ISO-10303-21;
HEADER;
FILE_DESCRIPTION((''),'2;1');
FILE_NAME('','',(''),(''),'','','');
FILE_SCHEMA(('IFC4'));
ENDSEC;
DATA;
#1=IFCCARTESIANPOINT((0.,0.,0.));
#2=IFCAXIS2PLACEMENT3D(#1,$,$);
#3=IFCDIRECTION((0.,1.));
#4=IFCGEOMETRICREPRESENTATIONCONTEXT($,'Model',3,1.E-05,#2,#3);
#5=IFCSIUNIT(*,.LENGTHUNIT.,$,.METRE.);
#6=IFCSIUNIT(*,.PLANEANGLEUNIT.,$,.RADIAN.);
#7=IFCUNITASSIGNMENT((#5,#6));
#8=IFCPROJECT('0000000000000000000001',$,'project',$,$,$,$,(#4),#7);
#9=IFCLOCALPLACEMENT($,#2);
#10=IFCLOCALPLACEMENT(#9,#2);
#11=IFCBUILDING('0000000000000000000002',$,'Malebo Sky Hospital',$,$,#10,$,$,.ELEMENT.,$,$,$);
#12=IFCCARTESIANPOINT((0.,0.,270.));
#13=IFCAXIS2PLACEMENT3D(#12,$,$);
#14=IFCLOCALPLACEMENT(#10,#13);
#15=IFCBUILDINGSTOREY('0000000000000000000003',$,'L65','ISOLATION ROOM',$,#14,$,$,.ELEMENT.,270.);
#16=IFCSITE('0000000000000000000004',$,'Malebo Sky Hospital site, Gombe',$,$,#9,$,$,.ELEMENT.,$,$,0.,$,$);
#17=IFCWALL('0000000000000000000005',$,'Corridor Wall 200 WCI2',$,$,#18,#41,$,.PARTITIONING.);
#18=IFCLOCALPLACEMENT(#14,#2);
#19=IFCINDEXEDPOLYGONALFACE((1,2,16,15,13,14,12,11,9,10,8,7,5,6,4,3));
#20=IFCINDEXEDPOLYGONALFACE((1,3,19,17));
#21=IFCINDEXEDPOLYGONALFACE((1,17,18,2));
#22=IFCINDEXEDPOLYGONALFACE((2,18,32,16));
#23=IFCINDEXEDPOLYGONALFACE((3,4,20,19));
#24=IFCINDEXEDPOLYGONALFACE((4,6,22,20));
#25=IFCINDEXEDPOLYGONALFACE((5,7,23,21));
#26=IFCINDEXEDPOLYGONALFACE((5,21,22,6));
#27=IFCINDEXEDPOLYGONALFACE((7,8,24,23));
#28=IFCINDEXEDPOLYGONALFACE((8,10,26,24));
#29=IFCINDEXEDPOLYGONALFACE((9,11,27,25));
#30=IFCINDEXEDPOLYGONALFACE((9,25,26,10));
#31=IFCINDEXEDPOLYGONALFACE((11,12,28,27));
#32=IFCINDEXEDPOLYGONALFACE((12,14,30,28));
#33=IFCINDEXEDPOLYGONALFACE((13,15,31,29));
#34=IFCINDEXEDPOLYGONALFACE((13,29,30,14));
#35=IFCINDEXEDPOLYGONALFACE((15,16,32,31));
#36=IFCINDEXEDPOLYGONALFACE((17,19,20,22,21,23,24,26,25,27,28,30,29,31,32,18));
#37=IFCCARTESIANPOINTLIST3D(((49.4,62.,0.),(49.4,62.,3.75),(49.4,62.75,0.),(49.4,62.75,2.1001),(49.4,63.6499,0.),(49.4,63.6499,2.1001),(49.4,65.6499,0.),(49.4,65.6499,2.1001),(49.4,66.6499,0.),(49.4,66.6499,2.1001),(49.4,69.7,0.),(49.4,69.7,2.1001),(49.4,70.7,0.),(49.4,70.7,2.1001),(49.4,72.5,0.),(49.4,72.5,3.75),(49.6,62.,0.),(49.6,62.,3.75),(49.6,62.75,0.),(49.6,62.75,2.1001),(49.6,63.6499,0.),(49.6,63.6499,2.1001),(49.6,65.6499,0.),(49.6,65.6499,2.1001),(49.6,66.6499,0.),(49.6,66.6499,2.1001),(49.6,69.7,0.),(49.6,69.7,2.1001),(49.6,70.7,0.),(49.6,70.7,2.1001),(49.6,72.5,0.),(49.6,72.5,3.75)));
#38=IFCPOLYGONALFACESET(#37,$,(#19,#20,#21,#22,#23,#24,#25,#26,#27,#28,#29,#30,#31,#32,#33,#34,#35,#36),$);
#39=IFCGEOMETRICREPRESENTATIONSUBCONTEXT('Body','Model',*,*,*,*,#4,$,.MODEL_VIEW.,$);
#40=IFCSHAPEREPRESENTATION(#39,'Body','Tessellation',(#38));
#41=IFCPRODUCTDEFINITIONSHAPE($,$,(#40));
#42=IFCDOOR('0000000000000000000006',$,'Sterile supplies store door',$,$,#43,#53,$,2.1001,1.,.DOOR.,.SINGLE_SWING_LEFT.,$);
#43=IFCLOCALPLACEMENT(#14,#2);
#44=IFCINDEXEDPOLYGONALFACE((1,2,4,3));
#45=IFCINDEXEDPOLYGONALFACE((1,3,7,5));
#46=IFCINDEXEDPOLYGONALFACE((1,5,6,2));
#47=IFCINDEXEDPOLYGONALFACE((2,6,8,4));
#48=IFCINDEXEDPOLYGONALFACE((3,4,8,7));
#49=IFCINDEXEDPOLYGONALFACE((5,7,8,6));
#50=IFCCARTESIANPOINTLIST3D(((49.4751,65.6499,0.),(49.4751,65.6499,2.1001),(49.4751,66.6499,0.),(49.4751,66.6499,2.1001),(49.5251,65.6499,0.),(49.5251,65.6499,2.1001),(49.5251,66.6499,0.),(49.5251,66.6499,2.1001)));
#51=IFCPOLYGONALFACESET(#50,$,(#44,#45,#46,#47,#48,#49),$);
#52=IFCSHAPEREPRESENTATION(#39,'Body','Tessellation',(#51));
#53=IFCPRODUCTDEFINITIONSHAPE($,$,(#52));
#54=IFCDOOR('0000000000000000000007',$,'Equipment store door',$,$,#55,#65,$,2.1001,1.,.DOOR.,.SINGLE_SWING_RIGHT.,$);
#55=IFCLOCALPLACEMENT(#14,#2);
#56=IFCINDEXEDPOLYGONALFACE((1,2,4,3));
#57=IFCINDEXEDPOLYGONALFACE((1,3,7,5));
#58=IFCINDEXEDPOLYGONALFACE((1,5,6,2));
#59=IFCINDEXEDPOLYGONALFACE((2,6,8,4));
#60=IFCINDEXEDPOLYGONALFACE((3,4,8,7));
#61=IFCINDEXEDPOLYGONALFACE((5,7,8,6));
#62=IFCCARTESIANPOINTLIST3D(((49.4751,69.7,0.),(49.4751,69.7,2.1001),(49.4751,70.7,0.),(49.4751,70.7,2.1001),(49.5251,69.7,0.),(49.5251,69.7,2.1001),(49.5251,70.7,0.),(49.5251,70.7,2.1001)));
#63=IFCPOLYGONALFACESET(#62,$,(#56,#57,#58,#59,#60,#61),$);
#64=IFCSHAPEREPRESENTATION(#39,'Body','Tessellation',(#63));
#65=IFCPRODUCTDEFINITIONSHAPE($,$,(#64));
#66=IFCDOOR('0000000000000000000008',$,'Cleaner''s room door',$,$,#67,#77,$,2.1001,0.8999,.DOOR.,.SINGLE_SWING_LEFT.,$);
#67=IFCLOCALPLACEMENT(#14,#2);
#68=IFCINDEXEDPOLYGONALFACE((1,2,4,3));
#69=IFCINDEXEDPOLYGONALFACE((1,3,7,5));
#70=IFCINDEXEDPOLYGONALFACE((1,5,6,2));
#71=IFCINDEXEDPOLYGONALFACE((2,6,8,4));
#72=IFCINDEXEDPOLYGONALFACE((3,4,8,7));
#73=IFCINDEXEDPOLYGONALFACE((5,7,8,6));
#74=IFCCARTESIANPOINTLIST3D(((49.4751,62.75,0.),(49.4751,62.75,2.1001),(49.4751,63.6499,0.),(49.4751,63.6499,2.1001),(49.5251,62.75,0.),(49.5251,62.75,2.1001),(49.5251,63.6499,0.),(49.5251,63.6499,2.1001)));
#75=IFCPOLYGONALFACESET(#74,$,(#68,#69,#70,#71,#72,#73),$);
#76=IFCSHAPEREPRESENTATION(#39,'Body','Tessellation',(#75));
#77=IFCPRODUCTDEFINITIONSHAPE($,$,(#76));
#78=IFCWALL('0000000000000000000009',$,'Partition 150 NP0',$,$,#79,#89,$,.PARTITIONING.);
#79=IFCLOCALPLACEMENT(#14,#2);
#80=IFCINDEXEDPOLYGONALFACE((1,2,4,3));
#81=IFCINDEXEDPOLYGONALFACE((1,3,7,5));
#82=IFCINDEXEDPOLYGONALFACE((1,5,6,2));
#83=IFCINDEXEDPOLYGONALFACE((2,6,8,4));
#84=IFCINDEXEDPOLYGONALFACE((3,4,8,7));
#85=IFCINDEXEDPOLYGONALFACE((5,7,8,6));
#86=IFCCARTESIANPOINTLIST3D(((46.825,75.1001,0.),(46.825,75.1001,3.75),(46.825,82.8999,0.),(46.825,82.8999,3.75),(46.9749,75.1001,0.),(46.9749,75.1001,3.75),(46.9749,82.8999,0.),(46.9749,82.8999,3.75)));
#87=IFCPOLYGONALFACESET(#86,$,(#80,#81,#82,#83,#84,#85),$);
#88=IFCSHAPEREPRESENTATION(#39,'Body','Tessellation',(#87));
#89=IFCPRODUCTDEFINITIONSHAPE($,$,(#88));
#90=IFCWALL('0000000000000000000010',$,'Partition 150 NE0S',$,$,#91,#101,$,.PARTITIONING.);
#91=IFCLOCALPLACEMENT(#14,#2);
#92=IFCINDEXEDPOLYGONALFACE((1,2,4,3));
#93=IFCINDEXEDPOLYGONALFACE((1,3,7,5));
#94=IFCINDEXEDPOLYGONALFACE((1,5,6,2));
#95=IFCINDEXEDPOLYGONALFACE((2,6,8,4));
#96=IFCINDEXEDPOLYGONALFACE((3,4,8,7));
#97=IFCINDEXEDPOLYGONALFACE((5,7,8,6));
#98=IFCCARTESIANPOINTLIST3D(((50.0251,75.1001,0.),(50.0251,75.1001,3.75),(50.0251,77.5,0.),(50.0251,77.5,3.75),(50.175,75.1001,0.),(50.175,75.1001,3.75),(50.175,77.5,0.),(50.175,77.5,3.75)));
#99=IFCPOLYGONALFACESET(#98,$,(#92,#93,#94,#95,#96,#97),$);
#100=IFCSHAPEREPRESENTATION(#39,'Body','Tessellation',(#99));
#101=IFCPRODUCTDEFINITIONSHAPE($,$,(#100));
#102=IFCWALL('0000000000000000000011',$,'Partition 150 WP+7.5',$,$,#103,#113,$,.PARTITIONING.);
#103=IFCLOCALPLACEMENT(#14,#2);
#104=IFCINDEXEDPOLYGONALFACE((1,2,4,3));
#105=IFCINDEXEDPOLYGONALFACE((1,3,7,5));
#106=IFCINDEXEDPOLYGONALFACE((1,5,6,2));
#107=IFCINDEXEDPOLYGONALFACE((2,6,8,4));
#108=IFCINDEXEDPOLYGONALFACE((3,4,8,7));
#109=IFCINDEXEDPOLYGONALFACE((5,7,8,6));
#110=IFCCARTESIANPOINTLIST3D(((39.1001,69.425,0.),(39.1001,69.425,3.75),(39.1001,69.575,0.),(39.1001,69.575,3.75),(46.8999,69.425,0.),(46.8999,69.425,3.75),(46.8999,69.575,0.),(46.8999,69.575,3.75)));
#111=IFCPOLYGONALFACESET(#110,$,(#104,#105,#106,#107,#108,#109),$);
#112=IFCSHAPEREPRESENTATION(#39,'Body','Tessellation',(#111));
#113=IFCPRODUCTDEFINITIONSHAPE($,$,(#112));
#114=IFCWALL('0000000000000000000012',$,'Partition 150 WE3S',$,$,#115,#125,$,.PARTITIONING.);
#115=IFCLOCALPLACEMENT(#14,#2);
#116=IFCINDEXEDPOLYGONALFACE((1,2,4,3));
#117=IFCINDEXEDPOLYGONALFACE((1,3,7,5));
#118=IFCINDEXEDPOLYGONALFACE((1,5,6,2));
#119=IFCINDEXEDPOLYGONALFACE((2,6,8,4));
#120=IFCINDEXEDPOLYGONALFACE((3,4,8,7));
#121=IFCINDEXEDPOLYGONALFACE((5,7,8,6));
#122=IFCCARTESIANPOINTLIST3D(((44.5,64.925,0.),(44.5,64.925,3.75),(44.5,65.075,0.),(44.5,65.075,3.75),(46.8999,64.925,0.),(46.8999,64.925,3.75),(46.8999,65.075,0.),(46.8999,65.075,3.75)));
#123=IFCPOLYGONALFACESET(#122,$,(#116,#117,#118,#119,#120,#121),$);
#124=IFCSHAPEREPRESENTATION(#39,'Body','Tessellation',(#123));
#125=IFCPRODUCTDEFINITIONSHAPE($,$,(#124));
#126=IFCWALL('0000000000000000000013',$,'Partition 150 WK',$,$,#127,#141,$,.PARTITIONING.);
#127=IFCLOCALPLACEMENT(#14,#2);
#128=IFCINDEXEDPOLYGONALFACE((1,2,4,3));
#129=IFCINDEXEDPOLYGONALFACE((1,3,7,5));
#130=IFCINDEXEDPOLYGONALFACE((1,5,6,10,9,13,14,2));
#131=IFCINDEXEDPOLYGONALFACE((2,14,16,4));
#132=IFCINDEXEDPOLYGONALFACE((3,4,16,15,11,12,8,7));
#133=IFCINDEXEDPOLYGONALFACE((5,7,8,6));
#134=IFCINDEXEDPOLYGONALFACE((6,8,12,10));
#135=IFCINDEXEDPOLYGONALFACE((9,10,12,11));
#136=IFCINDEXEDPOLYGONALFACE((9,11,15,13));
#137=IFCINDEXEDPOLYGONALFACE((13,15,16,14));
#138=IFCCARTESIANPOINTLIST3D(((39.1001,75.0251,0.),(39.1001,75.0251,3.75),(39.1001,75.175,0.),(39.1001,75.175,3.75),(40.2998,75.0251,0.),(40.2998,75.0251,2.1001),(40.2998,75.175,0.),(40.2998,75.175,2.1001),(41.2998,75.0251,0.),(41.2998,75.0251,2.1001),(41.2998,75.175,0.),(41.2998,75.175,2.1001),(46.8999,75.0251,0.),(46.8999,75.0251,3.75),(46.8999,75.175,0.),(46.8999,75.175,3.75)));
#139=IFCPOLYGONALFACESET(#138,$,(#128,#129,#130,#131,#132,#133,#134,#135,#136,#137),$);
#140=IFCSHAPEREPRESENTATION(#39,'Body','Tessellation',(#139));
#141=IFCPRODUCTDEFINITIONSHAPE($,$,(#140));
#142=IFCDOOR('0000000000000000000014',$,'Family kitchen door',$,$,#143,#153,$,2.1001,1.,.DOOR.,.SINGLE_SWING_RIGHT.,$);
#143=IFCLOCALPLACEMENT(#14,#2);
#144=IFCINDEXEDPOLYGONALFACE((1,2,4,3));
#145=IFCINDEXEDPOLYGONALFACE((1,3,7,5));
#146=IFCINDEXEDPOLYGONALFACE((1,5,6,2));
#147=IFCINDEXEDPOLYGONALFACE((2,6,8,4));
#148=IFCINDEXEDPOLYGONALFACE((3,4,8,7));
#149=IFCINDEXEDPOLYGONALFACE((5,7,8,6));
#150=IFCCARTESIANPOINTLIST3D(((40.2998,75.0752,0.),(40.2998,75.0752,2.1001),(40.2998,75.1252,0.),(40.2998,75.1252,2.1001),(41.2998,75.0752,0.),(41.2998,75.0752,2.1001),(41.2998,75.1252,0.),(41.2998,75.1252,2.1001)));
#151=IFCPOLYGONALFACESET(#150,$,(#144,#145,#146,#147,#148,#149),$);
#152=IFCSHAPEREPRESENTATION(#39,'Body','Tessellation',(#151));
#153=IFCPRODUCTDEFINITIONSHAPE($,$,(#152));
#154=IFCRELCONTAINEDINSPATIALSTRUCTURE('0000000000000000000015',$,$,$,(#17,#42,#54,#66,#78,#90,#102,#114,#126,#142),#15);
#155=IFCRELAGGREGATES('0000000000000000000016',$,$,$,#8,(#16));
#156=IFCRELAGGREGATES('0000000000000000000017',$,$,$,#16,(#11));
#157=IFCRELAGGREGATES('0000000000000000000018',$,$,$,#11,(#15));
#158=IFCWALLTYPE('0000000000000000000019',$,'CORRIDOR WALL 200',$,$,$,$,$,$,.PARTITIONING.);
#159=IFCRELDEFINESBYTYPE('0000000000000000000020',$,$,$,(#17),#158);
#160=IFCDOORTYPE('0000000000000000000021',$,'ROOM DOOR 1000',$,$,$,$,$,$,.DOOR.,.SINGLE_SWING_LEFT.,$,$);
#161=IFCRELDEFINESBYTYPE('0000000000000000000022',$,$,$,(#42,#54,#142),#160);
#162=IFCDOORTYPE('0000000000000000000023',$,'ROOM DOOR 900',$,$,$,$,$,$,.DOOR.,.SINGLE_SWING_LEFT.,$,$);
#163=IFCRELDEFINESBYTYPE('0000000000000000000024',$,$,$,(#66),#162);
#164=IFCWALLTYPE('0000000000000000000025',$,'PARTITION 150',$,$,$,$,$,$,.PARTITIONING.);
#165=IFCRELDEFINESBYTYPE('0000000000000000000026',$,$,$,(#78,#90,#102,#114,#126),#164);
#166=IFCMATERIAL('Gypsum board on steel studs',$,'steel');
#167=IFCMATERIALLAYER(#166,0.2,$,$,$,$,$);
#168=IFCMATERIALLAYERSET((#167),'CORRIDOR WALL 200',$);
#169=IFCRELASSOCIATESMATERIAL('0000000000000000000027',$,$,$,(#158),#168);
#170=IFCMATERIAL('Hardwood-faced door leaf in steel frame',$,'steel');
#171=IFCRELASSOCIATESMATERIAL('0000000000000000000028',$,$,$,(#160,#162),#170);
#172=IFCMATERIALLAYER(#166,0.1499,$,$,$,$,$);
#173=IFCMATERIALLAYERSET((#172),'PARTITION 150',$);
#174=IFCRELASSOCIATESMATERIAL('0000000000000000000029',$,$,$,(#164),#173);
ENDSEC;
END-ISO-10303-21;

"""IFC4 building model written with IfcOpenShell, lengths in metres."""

from ifc_helpers import new_model, si_unit, direction, frame, frame_2d, origin, place, context, subcontext, project, spatial, rectangle, extrude, material, layer, layer_set, type_object, element, fill, save


model = new_model("IFC4")

# Units and contexts
model_context = context("Model", 3, precision=1e-05, world=origin(), true_north=direction((0.0, 1.0)))
body_context = subcontext(model_context, "Body", "Model", "MODEL_VIEW")
ifc_project = project(units=[si_unit("LENGTHUNIT", "METRE"), si_unit("PLANEANGLEUNIT", "RADIAN")], contexts=[model_context])

# Site, building, storey
site_placement = place(None, origin())
site = spatial("IfcSite", under=ifc_project, at=site_placement, Name="Malebo Sky Hospital site, Gombe", CompositionType="ELEMENT", RefElevation=0.0)
building_placement = place(site_placement, origin())
building = spatial("IfcBuilding", under=site, at=building_placement, Name="Malebo Sky Hospital", CompositionType="ELEMENT")
storey_placement = place(building_placement, frame((0.0, 0.0, 270.0)))
storey = spatial("IfcBuildingStorey", under=building, at=storey_placement, Name="L65", Description="ISOLATION ROOM", CompositionType="ELEMENT", Elevation=270.0)

# Shared definitions
ifc_material_1 = material(Name="Gypsum board on steel studs", Category="steel")
ifc_layer_1 = layer(ifc_material_1, 0.2)
ifc_layer_set_1 = layer_set([ifc_layer_1], Name="CORRIDOR WALL 200")
wall_type_1 = type_object("IfcWallType", Name="CORRIDOR WALL 200", PredefinedType="PARTITIONING", material=ifc_layer_set_1)
ifc_material_2 = material(Name="Hardwood-faced door leaf in steel frame", Category="steel")
door_type_1 = type_object("IfcDoorType", Name="ROOM DOOR 1000", OperationType="SINGLE_SWING_LEFT", PredefinedType="DOOR", material=ifc_material_2)

# Wall, openings, doors
wall_1_placement = place(storey_placement, frame((49.5, 62.0, 0.0), z_axis=(0.0, 0.0, 1.0), x_axis=(0.0, 1.0, 0.0)))
wall_1 = element("IfcWall", 1, at=wall_1_placement, inside=storey, type_object=wall_type_1, Name="Corridor Wall 200 WCI2", PredefinedType="PARTITIONING", context=body_context, shape_type="SweptSolid", body=[
    extrude(rectangle(XDim=10.5, YDim=0.2, at=frame_2d((5.25, 0.0))), origin(), (0.0, 0.0, 1.0), 3.75),
])
opening_1_placement = place(wall_1_placement, frame((0.75, 0.0, 0.0)))
opening_1 = element("IfcOpeningElement", 2, at=opening_1_placement, cuts=wall_1, PredefinedType="OPENING", context=body_context, shape_type="SweptSolid", body=[
    extrude(rectangle(XDim=0.8999, YDim=2.1001, at=frame_2d((0.45, 1.05))), frame((0.0, 0.1099, 0.0), z_axis=(0.0, -1.0, 0.0), x_axis=(1.0, 0.0, 0.0)), (0.0, 0.0, 1.0), 0.22),
])
opening_2_placement = place(wall_1_placement, frame((3.6499, 0.0, 0.0)))
opening_2 = element("IfcOpeningElement", 3, at=opening_2_placement, cuts=wall_1, PredefinedType="OPENING", context=body_context, shape_type="SweptSolid", body=[
    extrude(rectangle(XDim=1.0, YDim=2.1001, at=frame_2d((0.5, 1.05))), frame((0.0, 0.1099, 0.0), z_axis=(0.0, -1.0, 0.0), x_axis=(1.0, 0.0, 0.0)), (0.0, 0.0, 1.0), 0.22),
])
opening_3_placement = place(wall_1_placement, frame((7.7, 0.0, 0.0)))
opening_3 = element("IfcOpeningElement", 4, at=opening_3_placement, cuts=wall_1, PredefinedType="OPENING", context=body_context, shape_type="SweptSolid", body=[
    extrude(rectangle(XDim=1.0, YDim=2.1001, at=frame_2d((0.5, 1.05))), frame((0.0, 0.1099, 0.0), z_axis=(0.0, -1.0, 0.0), x_axis=(1.0, 0.0, 0.0)), (0.0, 0.0, 1.0), 0.22),
])
door_1_placement = place(opening_2_placement, origin())
door_1 = element("IfcDoor", 5, at=door_1_placement, inside=storey, type_object=door_type_1, Name="Sterile supplies store door", OperationType="SINGLE_SWING_LEFT", OverallHeight=2.1001, OverallWidth=1.0, PredefinedType="DOOR", context=body_context, shape_type="SweptSolid", body=[
    extrude(rectangle(XDim=1.0, YDim=2.1001, at=frame_2d((0.5, 1.05))), frame((0.0, 0.0249, 0.0), z_axis=(0.0, -1.0, 0.0), x_axis=(1.0, 0.0, 0.0)), (0.0, 0.0, 1.0), 0.05),
])
fill(opening_2, door_1)
door_2_placement = place(opening_3_placement, origin())
door_2 = element("IfcDoor", 6, at=door_2_placement, inside=storey, type_object=door_type_1, Name="Equipment store door", OperationType="SINGLE_SWING_RIGHT", OverallHeight=2.1001, OverallWidth=1.0, PredefinedType="DOOR", context=body_context, shape_type="SweptSolid", body=[
    extrude(rectangle(XDim=1.0, YDim=2.1001, at=frame_2d((0.5, 1.05))), frame((0.0, 0.0249, 0.0), z_axis=(0.0, -1.0, 0.0), x_axis=(1.0, 0.0, 0.0)), (0.0, 0.0, 1.0), 0.05),
])
fill(opening_3, door_2)
door_type_2 = type_object("IfcDoorType", Name="ROOM DOOR 900", OperationType="SINGLE_SWING_LEFT", PredefinedType="DOOR", material=ifc_material_2)
door_3_placement = place(opening_1_placement, origin())
door_3 = element("IfcDoor", 7, at=door_3_placement, inside=storey, type_object=door_type_2, Name="Cleaner's room door", OperationType="SINGLE_SWING_LEFT", OverallHeight=2.1001, OverallWidth=0.8999, PredefinedType="DOOR", context=body_context, shape_type="SweptSolid", body=[
    extrude(rectangle(XDim=0.8999, YDim=2.1001, at=frame_2d((0.45, 1.05))), frame((0.0, 0.0249, 0.0), z_axis=(0.0, -1.0, 0.0), x_axis=(1.0, 0.0, 0.0)), (0.0, 0.0, 1.0), 0.05),
])
fill(opening_1, door_3)

# Walls
ifc_layer_2 = layer(ifc_material_1, 0.1499)
ifc_layer_set_2 = layer_set([ifc_layer_2], Name="PARTITION 150")
wall_type_2 = type_object("IfcWallType", Name="PARTITION 150", PredefinedType="PARTITIONING", material=ifc_layer_set_2)
wall_2_placement = place(storey_placement, frame((46.8999, 75.1001, 0.0), z_axis=(0.0, 0.0, 1.0), x_axis=(0.0, 1.0, 0.0)))
element("IfcWall", 8, at=wall_2_placement, inside=storey, type_object=wall_type_2, Name="Partition 150 NP0", PredefinedType="PARTITIONING", context=body_context, shape_type="SweptSolid", body=[
    extrude(rectangle(XDim=7.7998, YDim=0.1499, at=frame_2d((3.8999, 0.0))), origin(), (0.0, 0.0, 1.0), 3.75),
])
wall_3_placement = place(storey_placement, frame((50.1001, 75.1001, 0.0), z_axis=(0.0, 0.0, 1.0), x_axis=(0.0, 1.0, 0.0)))
element("IfcWall", 9, at=wall_3_placement, inside=storey, type_object=wall_type_2, Name="Partition 150 NE0S", PredefinedType="PARTITIONING", context=body_context, shape_type="SweptSolid", body=[
    extrude(rectangle(XDim=2.3999, YDim=0.1499, at=frame_2d((1.2, 0.0))), origin(), (0.0, 0.0, 1.0), 3.75),
])
wall_4_placement = place(storey_placement, frame((46.8999, 69.5, 0.0), z_axis=(0.0, 0.0, 1.0), x_axis=(-1.0, 0.0, 0.0)))
element("IfcWall", 10, at=wall_4_placement, inside=storey, type_object=wall_type_2, Name="Partition 150 WP+7.5", PredefinedType="PARTITIONING", context=body_context, shape_type="SweptSolid", body=[
    extrude(rectangle(XDim=7.7998, YDim=0.1499, at=frame_2d((3.8999, 0.0))), origin(), (0.0, 0.0, 1.0), 3.75),
])
wall_5_placement = place(storey_placement, frame((46.8999, 65.0, 0.0), z_axis=(0.0, 0.0, 1.0), x_axis=(-1.0, 0.0, 0.0)))
element("IfcWall", 11, at=wall_5_placement, inside=storey, type_object=wall_type_2, Name="Partition 150 WE3S", PredefinedType="PARTITIONING", context=body_context, shape_type="SweptSolid", body=[
    extrude(rectangle(XDim=2.3999, YDim=0.1499, at=frame_2d((1.2, 0.0))), origin(), (0.0, 0.0, 1.0), 3.75),
])

# Wall, opening, door
wall_6_placement = place(storey_placement, frame((46.8999, 75.1001, 0.0), z_axis=(0.0, 0.0, 1.0), x_axis=(-1.0, 0.0, 0.0)))
wall_6 = element("IfcWall", 12, at=wall_6_placement, inside=storey, type_object=wall_type_2, Name="Partition 150 WK", PredefinedType="PARTITIONING", context=body_context, shape_type="SweptSolid", body=[
    extrude(rectangle(XDim=7.7998, YDim=0.1499, at=frame_2d((3.8999, 0.0))), origin(), (0.0, 0.0, 1.0), 3.75),
])
opening_4_placement = place(wall_6_placement, frame((5.6001, 0.0, 0.0)))
opening_4 = element("IfcOpeningElement", 13, at=opening_4_placement, cuts=wall_6, PredefinedType="OPENING", context=body_context, shape_type="SweptSolid", body=[
    extrude(rectangle(XDim=1.0, YDim=2.1001, at=frame_2d((0.5, 1.05))), frame((0.0, 0.085, 0.0), z_axis=(0.0, -1.0, 0.0), x_axis=(1.0, 0.0, 0.0)), (0.0, 0.0, 1.0), 0.1699),
])
door_4_placement = place(opening_4_placement, origin())
door_4 = element("IfcDoor", 14, at=door_4_placement, inside=storey, type_object=door_type_1, Name="Family kitchen door", OperationType="SINGLE_SWING_RIGHT", OverallHeight=2.1001, OverallWidth=1.0, PredefinedType="DOOR", context=body_context, shape_type="SweptSolid", body=[
    extrude(rectangle(XDim=1.0, YDim=2.1001, at=frame_2d((0.5, 1.05))), frame((0.0, 0.0249, 0.0), z_axis=(0.0, -1.0, 0.0), x_axis=(1.0, 0.0, 0.0)), (0.0, 0.0, 1.0), 0.05),
])
fill(opening_4, door_4)

save(model, "model.ifc")
